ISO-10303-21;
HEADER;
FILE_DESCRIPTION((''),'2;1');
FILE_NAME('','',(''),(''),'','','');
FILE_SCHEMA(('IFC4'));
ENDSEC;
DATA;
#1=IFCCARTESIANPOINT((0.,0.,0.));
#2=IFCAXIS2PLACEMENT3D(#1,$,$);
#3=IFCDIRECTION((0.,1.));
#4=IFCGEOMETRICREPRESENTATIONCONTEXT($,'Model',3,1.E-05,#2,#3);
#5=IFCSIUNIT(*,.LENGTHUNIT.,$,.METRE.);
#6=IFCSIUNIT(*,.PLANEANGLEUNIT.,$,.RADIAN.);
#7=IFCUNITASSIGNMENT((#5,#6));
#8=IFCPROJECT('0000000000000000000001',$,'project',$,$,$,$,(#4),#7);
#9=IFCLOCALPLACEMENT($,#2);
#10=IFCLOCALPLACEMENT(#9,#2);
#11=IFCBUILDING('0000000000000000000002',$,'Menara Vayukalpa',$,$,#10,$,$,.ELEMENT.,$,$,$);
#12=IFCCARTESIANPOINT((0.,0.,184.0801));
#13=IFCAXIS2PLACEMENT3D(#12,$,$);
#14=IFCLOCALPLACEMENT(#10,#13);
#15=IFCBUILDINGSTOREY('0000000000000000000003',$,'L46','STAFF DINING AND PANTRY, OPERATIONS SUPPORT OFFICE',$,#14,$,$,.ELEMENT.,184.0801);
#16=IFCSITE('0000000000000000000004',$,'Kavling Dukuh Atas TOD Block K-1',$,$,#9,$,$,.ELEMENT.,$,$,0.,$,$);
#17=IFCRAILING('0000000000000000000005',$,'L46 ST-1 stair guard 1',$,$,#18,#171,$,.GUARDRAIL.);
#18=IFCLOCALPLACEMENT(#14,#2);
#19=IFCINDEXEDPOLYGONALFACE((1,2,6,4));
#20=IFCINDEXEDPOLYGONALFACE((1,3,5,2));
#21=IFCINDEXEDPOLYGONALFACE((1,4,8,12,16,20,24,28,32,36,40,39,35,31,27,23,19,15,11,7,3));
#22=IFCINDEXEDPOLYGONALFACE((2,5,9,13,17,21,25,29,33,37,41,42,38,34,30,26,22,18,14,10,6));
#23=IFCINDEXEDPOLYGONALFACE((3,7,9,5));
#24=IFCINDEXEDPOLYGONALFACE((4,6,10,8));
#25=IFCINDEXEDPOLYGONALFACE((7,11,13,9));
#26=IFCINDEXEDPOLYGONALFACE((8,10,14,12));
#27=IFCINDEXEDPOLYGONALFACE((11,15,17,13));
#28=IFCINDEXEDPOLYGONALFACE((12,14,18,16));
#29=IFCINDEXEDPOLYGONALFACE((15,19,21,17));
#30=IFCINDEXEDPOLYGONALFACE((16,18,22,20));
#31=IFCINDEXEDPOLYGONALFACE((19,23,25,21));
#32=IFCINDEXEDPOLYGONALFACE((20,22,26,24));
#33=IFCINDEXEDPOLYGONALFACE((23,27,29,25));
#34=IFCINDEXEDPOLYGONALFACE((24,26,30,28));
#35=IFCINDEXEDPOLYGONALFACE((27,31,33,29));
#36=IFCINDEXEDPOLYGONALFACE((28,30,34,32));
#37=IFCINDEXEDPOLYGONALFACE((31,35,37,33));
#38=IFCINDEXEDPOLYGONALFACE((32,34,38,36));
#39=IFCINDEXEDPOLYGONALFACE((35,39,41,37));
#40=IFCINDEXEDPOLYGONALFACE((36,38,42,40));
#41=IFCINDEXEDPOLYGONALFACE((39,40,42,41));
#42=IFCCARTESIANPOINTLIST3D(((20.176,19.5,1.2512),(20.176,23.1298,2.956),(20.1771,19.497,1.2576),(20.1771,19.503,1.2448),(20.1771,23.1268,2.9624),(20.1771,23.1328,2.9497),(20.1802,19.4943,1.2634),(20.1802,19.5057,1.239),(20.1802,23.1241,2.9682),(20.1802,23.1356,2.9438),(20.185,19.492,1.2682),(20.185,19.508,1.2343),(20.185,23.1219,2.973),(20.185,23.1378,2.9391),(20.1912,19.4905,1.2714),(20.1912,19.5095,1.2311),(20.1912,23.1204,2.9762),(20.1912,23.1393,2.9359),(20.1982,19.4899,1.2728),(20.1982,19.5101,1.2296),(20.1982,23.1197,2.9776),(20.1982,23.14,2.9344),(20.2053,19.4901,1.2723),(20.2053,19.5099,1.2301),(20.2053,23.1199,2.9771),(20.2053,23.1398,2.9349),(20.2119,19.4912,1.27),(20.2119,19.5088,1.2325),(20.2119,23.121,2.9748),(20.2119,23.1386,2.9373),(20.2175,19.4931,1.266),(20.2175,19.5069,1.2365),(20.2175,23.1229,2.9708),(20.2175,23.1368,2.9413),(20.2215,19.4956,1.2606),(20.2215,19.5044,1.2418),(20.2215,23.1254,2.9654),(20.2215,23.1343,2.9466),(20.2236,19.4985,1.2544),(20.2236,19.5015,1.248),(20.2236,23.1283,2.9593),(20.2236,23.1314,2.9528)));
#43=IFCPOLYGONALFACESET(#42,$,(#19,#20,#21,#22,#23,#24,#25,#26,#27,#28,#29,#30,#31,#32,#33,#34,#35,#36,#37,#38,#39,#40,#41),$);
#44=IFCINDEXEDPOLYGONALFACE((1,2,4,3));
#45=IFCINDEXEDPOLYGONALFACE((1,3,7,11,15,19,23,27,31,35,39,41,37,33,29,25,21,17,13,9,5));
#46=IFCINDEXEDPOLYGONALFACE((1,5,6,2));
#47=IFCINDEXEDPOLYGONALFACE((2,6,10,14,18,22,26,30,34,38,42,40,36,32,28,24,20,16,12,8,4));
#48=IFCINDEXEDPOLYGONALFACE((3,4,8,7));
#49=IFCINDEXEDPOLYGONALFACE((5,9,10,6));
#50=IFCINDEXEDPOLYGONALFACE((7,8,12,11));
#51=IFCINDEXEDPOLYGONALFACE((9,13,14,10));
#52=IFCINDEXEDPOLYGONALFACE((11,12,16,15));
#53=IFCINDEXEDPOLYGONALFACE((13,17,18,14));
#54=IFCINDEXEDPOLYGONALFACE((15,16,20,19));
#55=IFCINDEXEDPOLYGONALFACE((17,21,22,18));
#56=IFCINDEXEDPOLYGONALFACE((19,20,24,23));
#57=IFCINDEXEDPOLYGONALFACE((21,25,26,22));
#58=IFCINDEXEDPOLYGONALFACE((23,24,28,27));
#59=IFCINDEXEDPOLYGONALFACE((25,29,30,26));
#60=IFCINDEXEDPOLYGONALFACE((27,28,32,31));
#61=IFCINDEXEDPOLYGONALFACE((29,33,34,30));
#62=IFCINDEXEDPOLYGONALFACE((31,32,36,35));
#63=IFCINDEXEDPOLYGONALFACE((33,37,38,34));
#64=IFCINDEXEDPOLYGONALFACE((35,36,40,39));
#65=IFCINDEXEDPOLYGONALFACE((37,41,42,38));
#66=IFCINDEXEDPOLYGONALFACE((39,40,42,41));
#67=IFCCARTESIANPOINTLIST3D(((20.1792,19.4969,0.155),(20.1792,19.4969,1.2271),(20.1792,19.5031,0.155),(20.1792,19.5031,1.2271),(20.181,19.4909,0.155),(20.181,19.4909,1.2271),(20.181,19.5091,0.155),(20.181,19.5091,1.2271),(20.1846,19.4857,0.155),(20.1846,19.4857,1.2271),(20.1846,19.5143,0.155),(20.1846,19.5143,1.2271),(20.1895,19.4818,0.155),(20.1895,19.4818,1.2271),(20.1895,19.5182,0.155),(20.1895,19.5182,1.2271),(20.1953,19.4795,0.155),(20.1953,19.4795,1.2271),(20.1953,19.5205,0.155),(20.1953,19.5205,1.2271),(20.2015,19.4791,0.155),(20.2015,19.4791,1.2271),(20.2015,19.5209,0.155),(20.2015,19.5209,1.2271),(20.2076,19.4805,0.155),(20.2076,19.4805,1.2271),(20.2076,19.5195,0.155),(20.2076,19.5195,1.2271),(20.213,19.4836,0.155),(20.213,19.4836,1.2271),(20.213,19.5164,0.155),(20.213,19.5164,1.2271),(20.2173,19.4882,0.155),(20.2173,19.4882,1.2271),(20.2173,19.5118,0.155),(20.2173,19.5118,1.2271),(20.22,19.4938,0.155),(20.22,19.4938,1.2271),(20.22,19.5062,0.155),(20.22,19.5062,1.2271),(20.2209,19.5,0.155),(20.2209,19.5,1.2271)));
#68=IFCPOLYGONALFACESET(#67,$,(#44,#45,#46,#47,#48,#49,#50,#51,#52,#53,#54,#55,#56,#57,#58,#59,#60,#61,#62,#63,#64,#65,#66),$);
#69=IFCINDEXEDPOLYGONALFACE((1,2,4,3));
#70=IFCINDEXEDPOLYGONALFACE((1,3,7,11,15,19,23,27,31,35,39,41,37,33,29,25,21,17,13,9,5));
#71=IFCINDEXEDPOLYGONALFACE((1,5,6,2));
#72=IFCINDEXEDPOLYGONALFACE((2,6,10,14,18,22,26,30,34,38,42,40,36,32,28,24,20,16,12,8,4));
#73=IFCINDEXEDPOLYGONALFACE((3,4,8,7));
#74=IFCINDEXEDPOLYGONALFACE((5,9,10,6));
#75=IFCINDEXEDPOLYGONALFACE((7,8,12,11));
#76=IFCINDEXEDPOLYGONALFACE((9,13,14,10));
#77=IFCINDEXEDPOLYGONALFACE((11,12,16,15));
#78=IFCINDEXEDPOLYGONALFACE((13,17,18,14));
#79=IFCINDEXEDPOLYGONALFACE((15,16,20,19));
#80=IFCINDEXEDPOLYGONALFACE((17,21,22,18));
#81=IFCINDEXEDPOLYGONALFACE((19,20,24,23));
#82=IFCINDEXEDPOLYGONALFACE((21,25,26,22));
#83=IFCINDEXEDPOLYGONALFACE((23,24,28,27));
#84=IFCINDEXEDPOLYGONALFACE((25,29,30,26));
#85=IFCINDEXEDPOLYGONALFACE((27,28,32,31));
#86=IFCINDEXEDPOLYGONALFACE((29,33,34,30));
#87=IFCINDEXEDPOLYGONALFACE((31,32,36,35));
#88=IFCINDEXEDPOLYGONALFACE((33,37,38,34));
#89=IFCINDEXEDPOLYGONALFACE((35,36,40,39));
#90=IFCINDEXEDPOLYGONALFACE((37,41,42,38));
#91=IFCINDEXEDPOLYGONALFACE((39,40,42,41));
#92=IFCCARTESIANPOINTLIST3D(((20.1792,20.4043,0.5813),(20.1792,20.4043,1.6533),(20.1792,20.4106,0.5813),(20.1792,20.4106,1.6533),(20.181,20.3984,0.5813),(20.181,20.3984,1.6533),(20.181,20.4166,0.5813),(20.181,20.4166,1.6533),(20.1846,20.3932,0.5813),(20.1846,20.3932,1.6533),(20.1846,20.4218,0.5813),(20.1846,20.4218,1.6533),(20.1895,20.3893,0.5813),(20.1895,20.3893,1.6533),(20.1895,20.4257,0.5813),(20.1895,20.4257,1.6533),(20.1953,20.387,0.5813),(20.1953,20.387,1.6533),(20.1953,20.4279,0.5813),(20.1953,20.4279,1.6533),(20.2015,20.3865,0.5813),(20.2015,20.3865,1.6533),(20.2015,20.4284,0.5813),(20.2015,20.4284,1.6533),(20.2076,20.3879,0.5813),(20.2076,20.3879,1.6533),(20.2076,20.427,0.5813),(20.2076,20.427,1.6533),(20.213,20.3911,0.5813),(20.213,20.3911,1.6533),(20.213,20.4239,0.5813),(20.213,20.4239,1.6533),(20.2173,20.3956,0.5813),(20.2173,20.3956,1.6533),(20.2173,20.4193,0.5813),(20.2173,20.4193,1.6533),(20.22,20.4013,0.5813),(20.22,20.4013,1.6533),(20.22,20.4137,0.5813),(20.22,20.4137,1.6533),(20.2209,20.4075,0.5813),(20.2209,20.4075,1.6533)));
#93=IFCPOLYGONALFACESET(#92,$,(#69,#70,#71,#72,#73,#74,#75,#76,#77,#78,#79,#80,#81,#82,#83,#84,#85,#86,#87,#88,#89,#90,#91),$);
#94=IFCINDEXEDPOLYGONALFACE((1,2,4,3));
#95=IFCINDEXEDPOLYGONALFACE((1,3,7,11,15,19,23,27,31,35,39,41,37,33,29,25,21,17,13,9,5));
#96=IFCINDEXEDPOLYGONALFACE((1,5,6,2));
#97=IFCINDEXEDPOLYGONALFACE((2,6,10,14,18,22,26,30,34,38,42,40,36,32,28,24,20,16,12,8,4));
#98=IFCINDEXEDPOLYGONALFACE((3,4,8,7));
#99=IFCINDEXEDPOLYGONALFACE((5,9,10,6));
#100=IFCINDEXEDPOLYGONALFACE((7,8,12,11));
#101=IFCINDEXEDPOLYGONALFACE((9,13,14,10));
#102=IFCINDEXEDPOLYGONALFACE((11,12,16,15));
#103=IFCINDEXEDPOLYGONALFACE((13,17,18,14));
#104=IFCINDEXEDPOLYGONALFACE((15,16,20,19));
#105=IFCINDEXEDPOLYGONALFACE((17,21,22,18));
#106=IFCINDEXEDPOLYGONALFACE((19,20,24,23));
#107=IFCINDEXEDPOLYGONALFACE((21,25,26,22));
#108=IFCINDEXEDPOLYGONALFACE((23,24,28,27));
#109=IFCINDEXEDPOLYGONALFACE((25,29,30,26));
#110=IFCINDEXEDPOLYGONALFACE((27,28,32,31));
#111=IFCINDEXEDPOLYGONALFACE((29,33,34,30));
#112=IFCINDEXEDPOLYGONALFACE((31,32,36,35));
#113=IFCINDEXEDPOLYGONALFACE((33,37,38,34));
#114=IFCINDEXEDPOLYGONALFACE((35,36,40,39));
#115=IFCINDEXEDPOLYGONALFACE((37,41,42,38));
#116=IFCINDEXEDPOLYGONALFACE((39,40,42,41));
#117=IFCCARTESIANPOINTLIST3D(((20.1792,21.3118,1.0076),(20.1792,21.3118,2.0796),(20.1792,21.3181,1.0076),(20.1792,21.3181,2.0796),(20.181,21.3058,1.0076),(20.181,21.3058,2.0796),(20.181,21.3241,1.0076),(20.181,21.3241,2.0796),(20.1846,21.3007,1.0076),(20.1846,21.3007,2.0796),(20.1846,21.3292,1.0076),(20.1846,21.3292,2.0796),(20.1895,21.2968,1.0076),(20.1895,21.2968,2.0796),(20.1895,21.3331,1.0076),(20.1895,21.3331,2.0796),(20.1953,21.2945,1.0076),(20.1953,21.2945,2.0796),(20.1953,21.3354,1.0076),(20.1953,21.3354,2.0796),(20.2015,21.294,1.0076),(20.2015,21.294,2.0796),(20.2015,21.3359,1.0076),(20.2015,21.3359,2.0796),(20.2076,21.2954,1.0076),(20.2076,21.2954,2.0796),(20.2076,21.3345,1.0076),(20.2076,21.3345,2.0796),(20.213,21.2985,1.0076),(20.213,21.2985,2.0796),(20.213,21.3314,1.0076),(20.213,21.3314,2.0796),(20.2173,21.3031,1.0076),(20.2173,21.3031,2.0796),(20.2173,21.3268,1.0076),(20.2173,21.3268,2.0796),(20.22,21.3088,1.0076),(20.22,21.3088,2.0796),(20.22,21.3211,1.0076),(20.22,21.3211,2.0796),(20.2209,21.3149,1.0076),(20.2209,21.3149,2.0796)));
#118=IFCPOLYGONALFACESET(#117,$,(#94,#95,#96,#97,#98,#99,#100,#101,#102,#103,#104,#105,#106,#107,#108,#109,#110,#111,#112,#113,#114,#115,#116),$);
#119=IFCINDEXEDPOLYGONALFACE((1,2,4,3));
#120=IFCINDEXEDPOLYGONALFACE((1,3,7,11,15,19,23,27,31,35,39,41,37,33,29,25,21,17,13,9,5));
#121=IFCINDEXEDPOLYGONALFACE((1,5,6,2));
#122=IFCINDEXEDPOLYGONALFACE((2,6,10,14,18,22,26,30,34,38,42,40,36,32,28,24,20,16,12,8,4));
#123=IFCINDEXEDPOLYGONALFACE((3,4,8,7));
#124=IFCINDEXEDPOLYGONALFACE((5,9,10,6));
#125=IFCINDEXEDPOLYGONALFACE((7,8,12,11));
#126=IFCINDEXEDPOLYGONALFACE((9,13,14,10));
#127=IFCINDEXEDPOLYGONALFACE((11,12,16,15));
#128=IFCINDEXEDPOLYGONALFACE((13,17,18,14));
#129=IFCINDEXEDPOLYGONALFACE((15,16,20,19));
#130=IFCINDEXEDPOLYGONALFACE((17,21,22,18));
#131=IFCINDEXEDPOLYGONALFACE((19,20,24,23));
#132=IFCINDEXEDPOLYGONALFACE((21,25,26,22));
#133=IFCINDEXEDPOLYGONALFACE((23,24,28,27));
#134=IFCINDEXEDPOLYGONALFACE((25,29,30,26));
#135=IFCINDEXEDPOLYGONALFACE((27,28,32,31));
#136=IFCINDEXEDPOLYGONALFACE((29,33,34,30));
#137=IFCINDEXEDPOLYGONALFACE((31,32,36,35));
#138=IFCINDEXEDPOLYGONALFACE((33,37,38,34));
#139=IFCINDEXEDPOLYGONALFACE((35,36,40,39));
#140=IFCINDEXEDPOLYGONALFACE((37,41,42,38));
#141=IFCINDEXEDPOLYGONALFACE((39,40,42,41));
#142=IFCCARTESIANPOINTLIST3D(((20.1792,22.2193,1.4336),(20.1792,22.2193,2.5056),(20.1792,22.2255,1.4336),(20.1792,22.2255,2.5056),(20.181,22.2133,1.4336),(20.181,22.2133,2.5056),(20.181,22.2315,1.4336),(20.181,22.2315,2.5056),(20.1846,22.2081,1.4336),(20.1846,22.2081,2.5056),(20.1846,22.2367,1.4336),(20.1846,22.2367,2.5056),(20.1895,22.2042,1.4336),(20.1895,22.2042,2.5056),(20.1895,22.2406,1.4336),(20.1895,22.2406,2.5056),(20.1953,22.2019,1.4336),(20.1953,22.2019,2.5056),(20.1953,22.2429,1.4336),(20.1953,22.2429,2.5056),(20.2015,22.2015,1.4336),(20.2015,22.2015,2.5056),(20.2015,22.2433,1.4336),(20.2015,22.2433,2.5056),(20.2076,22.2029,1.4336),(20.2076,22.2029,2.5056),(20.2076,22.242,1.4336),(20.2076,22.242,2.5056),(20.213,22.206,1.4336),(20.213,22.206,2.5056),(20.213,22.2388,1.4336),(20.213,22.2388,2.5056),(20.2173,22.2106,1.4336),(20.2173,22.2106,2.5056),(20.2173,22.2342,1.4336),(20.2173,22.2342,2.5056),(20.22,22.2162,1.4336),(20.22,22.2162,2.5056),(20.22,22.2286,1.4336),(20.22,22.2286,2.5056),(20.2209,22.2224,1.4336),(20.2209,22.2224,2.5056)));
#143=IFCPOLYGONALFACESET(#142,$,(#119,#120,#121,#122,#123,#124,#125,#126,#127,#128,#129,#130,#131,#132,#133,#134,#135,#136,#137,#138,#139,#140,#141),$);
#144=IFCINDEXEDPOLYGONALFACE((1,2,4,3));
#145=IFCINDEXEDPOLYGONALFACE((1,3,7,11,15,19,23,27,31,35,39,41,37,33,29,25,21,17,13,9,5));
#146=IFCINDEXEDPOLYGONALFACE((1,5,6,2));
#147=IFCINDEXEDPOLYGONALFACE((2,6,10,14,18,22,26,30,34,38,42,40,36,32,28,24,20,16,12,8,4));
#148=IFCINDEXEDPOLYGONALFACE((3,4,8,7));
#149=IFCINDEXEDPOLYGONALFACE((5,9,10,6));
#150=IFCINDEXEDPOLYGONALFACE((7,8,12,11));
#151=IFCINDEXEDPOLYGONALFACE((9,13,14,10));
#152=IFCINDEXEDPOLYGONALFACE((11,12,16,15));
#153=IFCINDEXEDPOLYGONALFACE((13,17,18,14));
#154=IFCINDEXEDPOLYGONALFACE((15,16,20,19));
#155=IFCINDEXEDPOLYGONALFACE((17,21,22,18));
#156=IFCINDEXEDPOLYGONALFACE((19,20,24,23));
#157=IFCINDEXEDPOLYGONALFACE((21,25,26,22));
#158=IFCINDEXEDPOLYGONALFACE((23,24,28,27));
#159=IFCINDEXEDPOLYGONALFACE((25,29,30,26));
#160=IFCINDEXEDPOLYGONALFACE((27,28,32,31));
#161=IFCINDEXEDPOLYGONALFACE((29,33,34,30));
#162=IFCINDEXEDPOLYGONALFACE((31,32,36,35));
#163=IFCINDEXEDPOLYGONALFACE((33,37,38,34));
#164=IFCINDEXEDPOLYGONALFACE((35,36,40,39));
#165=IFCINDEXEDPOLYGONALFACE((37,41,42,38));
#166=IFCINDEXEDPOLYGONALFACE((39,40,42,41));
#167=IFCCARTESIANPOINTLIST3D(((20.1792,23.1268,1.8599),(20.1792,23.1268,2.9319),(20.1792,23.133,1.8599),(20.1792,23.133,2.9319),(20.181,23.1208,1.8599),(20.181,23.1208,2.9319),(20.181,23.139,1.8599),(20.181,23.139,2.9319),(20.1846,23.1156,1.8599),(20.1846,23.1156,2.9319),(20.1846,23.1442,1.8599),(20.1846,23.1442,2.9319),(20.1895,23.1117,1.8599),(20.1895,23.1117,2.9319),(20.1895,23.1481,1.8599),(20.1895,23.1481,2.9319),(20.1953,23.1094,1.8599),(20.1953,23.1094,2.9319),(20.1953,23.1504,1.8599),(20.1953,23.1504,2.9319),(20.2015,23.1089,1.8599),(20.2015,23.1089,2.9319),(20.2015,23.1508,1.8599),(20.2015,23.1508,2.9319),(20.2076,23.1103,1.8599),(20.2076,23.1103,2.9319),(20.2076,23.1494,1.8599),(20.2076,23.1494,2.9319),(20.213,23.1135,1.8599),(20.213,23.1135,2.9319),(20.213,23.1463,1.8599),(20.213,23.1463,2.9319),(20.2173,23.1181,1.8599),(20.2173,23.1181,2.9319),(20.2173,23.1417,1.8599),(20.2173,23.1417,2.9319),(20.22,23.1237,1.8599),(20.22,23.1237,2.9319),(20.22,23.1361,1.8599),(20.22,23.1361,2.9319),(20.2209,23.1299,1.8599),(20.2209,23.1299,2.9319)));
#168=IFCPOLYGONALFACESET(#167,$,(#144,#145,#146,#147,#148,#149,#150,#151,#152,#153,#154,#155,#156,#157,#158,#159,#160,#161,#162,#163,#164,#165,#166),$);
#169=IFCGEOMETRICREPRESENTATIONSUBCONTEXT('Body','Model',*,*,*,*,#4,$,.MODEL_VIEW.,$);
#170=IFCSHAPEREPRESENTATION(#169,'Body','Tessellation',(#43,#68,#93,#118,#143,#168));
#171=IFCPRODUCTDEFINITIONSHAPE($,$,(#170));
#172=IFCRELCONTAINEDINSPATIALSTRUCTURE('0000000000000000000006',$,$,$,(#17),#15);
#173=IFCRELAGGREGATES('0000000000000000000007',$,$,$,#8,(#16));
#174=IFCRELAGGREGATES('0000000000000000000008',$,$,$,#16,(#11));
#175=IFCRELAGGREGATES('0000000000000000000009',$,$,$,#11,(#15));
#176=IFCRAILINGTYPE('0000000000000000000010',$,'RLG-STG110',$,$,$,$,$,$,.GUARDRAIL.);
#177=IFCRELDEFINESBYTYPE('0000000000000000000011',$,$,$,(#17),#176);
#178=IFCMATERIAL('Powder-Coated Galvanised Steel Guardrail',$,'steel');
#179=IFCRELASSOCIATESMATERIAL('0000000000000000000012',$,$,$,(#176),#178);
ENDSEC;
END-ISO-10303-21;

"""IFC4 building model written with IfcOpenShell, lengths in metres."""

from ifc_helpers import new_model, si_unit, direction, frame, origin, origin_2d, place, context, subcontext, project, spatial, circle, extrude, material, type_object, element, save


model = new_model("IFC4")

# Units and contexts
model_context = context("Model", 3, precision=1e-05, world=origin(), true_north=direction((0.0, 1.0)))
body_context = subcontext(model_context, "Body", "Model", "MODEL_VIEW")
ifc_project = project(units=[si_unit("LENGTHUNIT", "METRE"), si_unit("PLANEANGLEUNIT", "RADIAN")], contexts=[model_context])

# Site, building, storey
site_placement = place(None, origin())
site = spatial("IfcSite", under=ifc_project, at=site_placement, Name="Kavling Dukuh Atas TOD Block K-1", CompositionType="ELEMENT", RefElevation=0.0)
building_placement = place(site_placement, origin())
building = spatial("IfcBuilding", under=site, at=building_placement, Name="Menara Vayukalpa", CompositionType="ELEMENT")
storey_placement = place(building_placement, frame((0.0, 0.0, 184.0801)))
storey = spatial("IfcBuildingStorey", under=building, at=storey_placement, Name="L46", Description="STAFF DINING AND PANTRY, OPERATIONS SUPPORT OFFICE", CompositionType="ELEMENT", Elevation=184.0801)

# Railing
ifc_material_1 = material(Name="Powder-Coated Galvanised Steel Guardrail", Category="steel")
railing_type_1 = type_object("IfcRailingType", Name="RLG-STG110", PredefinedType="GUARDRAIL", material=ifc_material_1)
railing_1_placement = place(storey_placement, frame((20.2, 19.5, 0.155)))
element("IfcRailing", 1, at=railing_1_placement, inside=storey, type_object=railing_type_1, Name="L46 ST-1 stair guard 1", PredefinedType="GUARDRAIL", context=body_context, shape_type="SweptSolid", body=[
    extrude(circle(Radius=0.0239, at=origin_2d()), frame((0.0, 0.0, 1.0962), z_axis=(0.0, 0.90514, 0.425114), x_axis=(-1.0, 0.0, 0.0)), (0.0, 0.0, 1.0), 4.0103),
    extrude(circle(Radius=0.021, at=origin_2d()), origin(), (0.0, 0.0, 1.0), 1.072),
    extrude(circle(Radius=0.021, at=origin_2d()), frame((0.0, 0.9075, 0.4263)), (0.0, 0.0, 1.0), 1.072),
    extrude(circle(Radius=0.021, at=origin_2d()), frame((0.0, 1.8149, 0.8525)), (0.0, 0.0, 1.0), 1.072),
    extrude(circle(Radius=0.021, at=origin_2d()), frame((0.0, 2.7224, 1.2786)), (0.0, 0.0, 1.0), 1.072),
    extrude(circle(Radius=0.021, at=origin_2d()), frame((0.0, 3.6299, 1.7048)), (0.0, 0.0, 1.0), 1.072),
])

save(model, "model.ifc")
